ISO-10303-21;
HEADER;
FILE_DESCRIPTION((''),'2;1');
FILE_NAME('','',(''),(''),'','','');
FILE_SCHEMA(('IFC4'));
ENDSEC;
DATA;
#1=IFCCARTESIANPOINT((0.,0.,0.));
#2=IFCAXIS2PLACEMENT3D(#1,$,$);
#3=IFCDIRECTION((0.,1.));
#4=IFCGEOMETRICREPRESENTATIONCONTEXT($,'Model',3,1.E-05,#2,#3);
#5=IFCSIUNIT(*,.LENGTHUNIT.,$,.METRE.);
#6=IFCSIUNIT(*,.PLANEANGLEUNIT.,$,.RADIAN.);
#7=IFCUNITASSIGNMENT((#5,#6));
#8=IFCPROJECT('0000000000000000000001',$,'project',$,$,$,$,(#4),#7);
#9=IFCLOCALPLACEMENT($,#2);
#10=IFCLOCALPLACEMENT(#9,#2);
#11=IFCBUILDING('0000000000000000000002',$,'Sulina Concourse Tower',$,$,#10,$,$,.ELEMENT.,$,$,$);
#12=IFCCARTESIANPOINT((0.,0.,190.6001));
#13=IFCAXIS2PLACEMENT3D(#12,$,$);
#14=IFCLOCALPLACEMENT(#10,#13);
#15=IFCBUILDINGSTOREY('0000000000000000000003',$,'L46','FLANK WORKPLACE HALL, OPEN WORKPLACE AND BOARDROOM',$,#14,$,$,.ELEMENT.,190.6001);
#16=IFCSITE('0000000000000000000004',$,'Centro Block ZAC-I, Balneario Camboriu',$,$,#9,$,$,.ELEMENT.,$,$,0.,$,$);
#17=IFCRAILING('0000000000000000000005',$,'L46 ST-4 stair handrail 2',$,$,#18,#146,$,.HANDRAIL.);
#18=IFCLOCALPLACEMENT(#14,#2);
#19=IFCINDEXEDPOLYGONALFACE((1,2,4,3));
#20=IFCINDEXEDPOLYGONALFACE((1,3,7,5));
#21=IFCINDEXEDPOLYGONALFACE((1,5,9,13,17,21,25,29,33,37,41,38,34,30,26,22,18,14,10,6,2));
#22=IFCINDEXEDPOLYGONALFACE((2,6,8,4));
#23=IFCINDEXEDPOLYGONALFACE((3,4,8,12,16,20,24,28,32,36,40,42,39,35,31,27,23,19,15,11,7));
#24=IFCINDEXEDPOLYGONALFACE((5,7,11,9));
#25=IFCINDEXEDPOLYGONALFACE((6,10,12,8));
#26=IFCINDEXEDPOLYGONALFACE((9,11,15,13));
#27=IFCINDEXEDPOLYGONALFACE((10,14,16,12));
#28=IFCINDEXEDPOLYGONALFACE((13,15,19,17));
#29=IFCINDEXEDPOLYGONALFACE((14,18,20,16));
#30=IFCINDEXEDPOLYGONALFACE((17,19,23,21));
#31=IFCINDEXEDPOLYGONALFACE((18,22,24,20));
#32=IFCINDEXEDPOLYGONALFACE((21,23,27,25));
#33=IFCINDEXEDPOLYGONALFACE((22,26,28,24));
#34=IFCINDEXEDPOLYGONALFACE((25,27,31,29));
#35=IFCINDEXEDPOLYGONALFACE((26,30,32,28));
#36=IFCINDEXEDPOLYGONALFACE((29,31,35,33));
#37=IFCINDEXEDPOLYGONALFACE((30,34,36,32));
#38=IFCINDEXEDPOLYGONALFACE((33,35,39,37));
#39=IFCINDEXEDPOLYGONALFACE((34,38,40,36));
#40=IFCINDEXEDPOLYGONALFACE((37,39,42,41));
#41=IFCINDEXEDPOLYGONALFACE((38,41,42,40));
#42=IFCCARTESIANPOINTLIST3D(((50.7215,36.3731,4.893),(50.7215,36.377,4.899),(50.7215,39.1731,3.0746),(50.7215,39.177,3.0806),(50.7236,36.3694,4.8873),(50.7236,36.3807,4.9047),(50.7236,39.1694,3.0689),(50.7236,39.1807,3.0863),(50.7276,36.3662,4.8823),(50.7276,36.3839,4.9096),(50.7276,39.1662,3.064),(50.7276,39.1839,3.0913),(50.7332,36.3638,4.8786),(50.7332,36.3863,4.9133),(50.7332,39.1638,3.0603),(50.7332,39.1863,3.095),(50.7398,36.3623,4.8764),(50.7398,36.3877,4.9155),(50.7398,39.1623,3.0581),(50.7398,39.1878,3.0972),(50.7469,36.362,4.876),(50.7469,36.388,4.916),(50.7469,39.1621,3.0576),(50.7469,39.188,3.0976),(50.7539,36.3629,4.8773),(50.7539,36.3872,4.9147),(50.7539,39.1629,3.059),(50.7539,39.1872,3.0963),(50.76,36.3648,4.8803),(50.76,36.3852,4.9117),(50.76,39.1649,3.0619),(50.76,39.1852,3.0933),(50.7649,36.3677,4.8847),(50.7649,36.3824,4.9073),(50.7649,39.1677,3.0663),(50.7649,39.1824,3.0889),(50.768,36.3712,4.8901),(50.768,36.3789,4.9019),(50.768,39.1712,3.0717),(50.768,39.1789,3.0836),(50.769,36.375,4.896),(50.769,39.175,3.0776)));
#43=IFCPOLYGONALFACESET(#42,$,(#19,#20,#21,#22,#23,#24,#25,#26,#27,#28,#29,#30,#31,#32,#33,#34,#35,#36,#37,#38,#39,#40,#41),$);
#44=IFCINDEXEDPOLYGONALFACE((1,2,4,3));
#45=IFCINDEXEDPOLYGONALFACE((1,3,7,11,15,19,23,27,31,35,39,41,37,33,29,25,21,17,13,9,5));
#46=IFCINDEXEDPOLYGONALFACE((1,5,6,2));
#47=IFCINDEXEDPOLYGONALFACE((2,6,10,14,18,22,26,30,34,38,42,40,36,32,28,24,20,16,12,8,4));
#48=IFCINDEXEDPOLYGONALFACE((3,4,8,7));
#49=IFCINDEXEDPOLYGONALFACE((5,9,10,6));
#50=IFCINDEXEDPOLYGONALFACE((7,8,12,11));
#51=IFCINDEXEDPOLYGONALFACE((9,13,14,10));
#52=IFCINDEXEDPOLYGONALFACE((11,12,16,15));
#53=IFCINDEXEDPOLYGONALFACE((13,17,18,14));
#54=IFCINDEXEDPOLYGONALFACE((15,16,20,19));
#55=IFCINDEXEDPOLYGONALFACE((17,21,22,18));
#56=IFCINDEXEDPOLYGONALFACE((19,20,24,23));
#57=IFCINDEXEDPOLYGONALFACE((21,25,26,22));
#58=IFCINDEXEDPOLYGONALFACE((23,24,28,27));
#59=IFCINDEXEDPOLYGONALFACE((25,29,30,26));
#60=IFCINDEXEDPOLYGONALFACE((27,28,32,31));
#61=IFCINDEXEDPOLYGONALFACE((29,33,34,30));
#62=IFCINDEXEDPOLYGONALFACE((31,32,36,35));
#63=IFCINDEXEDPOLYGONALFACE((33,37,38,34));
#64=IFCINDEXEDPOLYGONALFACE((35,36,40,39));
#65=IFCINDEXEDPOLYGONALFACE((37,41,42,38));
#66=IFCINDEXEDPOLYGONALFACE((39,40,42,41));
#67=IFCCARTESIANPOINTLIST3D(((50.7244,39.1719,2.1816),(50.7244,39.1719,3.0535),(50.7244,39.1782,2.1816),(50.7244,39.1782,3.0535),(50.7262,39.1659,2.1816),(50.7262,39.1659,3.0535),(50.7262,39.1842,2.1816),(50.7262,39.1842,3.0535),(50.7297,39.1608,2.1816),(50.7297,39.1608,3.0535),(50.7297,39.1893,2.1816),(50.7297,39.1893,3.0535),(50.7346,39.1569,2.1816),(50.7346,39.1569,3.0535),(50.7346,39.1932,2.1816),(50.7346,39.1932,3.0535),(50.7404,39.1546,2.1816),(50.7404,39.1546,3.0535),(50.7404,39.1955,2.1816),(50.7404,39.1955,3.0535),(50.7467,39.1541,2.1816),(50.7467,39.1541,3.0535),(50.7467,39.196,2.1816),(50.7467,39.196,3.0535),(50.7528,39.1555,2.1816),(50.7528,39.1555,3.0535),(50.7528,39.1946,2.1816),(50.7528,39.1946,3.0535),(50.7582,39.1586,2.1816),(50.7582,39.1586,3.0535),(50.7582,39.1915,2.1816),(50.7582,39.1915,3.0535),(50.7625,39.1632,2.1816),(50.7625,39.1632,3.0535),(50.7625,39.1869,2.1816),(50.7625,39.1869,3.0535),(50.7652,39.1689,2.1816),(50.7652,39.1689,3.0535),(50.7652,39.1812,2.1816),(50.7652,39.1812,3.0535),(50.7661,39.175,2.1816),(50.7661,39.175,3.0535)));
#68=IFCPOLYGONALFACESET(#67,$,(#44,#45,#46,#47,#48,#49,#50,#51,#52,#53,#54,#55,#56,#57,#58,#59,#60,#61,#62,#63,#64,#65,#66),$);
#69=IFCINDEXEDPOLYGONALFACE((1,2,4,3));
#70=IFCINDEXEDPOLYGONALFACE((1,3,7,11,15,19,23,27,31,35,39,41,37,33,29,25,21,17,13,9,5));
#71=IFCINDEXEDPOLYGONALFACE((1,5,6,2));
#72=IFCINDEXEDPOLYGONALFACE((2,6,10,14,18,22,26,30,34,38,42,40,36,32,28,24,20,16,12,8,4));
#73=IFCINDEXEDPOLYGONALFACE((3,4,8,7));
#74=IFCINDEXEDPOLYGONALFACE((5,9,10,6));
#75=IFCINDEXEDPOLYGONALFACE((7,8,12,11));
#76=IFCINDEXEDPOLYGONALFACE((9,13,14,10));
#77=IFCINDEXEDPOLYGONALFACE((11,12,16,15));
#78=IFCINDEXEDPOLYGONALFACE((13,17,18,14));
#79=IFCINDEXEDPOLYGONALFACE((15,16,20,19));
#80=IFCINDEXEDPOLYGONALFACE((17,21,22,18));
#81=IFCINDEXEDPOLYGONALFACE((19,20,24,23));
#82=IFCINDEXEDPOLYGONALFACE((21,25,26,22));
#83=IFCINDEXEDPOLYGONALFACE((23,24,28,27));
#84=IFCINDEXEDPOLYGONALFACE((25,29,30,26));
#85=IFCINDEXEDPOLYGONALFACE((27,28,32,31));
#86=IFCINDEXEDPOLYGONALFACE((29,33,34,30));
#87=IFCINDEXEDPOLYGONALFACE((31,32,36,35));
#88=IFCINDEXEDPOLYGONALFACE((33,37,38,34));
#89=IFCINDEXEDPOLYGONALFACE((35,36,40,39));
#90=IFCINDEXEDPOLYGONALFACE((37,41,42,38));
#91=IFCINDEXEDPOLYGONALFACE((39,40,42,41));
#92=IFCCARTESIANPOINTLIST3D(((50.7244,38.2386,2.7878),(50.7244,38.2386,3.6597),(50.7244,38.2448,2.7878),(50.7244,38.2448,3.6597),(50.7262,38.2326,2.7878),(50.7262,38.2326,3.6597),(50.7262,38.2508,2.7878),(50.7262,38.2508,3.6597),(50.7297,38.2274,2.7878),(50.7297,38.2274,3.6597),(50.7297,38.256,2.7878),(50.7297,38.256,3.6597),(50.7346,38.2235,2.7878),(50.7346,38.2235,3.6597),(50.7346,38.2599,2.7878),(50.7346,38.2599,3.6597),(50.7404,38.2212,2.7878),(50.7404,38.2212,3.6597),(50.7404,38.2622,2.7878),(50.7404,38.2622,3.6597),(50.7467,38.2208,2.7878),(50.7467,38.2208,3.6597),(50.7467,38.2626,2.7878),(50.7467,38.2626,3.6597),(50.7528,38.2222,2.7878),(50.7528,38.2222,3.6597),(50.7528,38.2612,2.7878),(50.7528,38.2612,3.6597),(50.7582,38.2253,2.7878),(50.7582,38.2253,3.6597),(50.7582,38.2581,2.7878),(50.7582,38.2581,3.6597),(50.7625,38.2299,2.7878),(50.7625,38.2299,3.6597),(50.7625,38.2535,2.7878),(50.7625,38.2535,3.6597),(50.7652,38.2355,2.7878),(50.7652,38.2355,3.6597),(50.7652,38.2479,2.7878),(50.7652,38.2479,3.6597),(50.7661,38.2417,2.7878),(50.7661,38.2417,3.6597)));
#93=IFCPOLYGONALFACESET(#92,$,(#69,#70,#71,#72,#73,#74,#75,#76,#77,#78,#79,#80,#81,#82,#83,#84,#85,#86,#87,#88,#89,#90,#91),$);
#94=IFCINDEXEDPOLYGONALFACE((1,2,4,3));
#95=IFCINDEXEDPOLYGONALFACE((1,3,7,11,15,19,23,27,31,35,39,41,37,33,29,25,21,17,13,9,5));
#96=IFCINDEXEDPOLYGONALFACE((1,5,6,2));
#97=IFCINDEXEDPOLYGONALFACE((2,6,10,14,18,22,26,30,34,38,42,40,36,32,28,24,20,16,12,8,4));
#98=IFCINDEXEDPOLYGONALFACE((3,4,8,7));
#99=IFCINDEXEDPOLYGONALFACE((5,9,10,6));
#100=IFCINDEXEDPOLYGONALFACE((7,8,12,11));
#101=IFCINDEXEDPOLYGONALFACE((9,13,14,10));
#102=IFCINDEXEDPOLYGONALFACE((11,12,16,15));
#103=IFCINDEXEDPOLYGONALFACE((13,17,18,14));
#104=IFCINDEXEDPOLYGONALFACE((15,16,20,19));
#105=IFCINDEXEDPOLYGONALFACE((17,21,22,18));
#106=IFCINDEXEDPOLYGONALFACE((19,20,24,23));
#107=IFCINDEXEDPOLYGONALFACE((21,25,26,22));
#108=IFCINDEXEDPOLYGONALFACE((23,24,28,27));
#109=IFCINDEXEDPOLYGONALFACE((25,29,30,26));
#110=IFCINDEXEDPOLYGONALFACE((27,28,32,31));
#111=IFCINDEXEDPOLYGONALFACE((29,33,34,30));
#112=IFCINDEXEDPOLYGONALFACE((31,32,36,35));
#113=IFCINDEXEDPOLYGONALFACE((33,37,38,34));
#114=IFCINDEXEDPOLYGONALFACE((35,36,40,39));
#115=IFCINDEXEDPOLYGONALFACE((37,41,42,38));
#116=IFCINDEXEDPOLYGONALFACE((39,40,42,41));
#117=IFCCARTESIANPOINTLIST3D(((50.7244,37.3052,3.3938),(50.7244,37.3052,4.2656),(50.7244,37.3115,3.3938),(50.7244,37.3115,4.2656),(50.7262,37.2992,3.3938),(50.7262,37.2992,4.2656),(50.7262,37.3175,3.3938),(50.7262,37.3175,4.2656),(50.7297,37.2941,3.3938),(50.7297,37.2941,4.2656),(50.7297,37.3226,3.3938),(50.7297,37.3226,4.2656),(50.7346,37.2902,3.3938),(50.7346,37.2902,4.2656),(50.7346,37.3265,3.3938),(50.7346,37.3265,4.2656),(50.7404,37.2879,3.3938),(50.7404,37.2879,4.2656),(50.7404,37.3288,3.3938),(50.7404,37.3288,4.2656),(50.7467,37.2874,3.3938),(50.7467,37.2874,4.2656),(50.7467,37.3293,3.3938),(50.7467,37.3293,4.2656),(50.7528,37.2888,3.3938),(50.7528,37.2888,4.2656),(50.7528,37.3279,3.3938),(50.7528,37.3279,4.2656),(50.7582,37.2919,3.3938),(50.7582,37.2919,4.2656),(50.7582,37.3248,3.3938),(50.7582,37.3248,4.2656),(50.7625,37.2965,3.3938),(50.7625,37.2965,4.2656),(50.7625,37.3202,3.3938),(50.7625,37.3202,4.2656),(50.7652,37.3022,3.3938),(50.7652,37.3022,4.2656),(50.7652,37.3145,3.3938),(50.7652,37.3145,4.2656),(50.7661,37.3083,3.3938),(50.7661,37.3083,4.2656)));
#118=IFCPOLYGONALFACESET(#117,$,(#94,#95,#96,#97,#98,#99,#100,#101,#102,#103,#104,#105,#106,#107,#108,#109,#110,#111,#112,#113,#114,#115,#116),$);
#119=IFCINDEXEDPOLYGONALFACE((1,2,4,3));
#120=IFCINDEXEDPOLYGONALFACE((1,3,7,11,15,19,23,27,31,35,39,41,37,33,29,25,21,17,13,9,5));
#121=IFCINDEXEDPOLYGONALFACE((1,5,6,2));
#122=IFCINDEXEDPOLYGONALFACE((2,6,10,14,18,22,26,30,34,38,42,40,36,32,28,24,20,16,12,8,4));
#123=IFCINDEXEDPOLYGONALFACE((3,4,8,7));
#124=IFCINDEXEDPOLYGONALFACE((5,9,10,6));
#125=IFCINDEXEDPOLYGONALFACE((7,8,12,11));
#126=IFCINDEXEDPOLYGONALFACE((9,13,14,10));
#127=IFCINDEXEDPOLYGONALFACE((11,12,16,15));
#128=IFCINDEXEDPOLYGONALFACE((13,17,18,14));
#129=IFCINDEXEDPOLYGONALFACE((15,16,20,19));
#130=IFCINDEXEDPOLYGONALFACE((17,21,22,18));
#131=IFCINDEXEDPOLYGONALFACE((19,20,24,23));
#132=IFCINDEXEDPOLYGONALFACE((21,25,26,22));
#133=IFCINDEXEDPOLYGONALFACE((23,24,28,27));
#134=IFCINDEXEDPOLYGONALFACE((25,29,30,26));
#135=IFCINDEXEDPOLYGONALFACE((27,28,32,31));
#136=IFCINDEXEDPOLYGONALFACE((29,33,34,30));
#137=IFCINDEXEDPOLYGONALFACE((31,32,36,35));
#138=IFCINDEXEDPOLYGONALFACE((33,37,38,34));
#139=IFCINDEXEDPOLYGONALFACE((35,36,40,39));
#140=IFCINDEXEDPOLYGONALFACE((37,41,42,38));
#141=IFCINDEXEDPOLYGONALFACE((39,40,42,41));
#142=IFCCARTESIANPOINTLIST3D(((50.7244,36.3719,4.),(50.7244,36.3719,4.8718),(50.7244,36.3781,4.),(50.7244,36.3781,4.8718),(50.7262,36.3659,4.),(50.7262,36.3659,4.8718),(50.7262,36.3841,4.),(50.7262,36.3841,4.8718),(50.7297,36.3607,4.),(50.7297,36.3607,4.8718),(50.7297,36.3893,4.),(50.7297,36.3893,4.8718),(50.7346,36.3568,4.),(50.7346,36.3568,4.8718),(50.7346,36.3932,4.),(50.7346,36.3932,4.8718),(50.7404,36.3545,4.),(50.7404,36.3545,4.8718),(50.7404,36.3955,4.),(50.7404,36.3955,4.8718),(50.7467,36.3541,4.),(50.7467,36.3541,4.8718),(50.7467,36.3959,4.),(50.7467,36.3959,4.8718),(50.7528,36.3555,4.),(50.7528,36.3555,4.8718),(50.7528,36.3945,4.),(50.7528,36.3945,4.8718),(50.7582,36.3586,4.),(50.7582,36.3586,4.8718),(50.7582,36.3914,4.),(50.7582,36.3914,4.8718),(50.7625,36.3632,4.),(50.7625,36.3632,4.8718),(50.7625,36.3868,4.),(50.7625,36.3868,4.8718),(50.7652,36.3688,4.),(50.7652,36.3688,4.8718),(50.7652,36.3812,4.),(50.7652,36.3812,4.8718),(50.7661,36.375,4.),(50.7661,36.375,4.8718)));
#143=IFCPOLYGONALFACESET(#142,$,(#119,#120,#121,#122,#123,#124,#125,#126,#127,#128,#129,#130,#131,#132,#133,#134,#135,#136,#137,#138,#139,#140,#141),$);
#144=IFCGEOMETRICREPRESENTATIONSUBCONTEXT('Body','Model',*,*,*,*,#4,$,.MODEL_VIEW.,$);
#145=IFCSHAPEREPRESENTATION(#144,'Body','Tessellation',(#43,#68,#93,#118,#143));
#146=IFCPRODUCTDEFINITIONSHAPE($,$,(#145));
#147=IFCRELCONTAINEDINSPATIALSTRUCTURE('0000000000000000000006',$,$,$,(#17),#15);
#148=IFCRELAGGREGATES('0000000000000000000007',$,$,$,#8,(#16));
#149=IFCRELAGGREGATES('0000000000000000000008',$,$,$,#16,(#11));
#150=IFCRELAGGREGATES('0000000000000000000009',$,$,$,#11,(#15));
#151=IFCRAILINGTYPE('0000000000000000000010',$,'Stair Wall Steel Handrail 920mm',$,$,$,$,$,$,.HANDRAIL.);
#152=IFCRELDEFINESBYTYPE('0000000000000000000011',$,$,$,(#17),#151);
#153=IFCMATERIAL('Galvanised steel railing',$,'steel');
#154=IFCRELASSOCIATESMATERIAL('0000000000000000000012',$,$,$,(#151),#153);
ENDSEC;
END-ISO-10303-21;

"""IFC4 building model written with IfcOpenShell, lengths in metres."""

from ifc_helpers import new_model, si_unit, direction, frame, origin, origin_2d, place, context, subcontext, project, spatial, circle, extrude, material, type_object, element, save


model = new_model("IFC4")

# Units and contexts
model_context = context("Model", 3, precision=1e-05, world=origin(), true_north=direction((0.0, 1.0)))
body_context = subcontext(model_context, "Body", "Model", "MODEL_VIEW")
ifc_project = project(units=[si_unit("LENGTHUNIT", "METRE"), si_unit("PLANEANGLEUNIT", "RADIAN")], contexts=[model_context])

# Site, building, storey
site_placement = place(None, origin())
site = spatial("IfcSite", under=ifc_project, at=site_placement, Name="Centro Block ZAC-I, Balneario Camboriu", CompositionType="ELEMENT", RefElevation=0.0)
building_placement = place(site_placement, origin())
building = spatial("IfcBuilding", under=site, at=building_placement, Name="Sulina Concourse Tower", CompositionType="ELEMENT")
storey_placement = place(building_placement, frame((0.0, 0.0, 190.6001)))
storey = spatial("IfcBuildingStorey", under=building, at=storey_placement, Name="L46", Description="FLANK WORKPLACE HALL, OPEN WORKPLACE AND BOARDROOM", CompositionType="ELEMENT", Elevation=190.6001)

# Railing
ifc_material_1 = material(Name="Galvanised steel railing", Category="steel")
railing_type_1 = type_object("IfcRailingType", Name="Stair Wall Steel Handrail 920mm", PredefinedType="HANDRAIL", material=ifc_material_1)
railing_1_placement = place(storey_placement, frame((50.7451, 39.175, 2.1816)))
element("IfcRailing", 1, at=railing_1_placement, inside=storey, type_object=railing_type_1, Name="L46 ST-4 stair handrail 2", PredefinedType="HANDRAIL", context=body_context, shape_type="SweptSolid", body=[
    extrude(circle(Radius=0.0239, at=origin_2d()), frame((0.0, 0.0, 0.896), z_axis=(0.0, -0.838672, 0.544636), x_axis=(1.0, 0.0, 0.0)), (0.0, 0.0, 1.0), 3.3386),
    extrude(circle(Radius=0.021, at=origin_2d()), origin(), (0.0, 0.0, 1.0), 0.8718),
    extrude(circle(Radius=0.021, at=origin_2d()), frame((0.0, -0.9333, 0.6062)), (0.0, 0.0, 1.0), 0.8718),
    extrude(circle(Radius=0.021, at=origin_2d()), frame((0.0, -1.8667, 1.2122)), (0.0, 0.0, 1.0), 0.8718),
    extrude(circle(Radius=0.021, at=origin_2d()), frame((0.0, -2.8, 1.8184)), (0.0, 0.0, 1.0), 0.8718),
])

save(model, "model.ifc")
